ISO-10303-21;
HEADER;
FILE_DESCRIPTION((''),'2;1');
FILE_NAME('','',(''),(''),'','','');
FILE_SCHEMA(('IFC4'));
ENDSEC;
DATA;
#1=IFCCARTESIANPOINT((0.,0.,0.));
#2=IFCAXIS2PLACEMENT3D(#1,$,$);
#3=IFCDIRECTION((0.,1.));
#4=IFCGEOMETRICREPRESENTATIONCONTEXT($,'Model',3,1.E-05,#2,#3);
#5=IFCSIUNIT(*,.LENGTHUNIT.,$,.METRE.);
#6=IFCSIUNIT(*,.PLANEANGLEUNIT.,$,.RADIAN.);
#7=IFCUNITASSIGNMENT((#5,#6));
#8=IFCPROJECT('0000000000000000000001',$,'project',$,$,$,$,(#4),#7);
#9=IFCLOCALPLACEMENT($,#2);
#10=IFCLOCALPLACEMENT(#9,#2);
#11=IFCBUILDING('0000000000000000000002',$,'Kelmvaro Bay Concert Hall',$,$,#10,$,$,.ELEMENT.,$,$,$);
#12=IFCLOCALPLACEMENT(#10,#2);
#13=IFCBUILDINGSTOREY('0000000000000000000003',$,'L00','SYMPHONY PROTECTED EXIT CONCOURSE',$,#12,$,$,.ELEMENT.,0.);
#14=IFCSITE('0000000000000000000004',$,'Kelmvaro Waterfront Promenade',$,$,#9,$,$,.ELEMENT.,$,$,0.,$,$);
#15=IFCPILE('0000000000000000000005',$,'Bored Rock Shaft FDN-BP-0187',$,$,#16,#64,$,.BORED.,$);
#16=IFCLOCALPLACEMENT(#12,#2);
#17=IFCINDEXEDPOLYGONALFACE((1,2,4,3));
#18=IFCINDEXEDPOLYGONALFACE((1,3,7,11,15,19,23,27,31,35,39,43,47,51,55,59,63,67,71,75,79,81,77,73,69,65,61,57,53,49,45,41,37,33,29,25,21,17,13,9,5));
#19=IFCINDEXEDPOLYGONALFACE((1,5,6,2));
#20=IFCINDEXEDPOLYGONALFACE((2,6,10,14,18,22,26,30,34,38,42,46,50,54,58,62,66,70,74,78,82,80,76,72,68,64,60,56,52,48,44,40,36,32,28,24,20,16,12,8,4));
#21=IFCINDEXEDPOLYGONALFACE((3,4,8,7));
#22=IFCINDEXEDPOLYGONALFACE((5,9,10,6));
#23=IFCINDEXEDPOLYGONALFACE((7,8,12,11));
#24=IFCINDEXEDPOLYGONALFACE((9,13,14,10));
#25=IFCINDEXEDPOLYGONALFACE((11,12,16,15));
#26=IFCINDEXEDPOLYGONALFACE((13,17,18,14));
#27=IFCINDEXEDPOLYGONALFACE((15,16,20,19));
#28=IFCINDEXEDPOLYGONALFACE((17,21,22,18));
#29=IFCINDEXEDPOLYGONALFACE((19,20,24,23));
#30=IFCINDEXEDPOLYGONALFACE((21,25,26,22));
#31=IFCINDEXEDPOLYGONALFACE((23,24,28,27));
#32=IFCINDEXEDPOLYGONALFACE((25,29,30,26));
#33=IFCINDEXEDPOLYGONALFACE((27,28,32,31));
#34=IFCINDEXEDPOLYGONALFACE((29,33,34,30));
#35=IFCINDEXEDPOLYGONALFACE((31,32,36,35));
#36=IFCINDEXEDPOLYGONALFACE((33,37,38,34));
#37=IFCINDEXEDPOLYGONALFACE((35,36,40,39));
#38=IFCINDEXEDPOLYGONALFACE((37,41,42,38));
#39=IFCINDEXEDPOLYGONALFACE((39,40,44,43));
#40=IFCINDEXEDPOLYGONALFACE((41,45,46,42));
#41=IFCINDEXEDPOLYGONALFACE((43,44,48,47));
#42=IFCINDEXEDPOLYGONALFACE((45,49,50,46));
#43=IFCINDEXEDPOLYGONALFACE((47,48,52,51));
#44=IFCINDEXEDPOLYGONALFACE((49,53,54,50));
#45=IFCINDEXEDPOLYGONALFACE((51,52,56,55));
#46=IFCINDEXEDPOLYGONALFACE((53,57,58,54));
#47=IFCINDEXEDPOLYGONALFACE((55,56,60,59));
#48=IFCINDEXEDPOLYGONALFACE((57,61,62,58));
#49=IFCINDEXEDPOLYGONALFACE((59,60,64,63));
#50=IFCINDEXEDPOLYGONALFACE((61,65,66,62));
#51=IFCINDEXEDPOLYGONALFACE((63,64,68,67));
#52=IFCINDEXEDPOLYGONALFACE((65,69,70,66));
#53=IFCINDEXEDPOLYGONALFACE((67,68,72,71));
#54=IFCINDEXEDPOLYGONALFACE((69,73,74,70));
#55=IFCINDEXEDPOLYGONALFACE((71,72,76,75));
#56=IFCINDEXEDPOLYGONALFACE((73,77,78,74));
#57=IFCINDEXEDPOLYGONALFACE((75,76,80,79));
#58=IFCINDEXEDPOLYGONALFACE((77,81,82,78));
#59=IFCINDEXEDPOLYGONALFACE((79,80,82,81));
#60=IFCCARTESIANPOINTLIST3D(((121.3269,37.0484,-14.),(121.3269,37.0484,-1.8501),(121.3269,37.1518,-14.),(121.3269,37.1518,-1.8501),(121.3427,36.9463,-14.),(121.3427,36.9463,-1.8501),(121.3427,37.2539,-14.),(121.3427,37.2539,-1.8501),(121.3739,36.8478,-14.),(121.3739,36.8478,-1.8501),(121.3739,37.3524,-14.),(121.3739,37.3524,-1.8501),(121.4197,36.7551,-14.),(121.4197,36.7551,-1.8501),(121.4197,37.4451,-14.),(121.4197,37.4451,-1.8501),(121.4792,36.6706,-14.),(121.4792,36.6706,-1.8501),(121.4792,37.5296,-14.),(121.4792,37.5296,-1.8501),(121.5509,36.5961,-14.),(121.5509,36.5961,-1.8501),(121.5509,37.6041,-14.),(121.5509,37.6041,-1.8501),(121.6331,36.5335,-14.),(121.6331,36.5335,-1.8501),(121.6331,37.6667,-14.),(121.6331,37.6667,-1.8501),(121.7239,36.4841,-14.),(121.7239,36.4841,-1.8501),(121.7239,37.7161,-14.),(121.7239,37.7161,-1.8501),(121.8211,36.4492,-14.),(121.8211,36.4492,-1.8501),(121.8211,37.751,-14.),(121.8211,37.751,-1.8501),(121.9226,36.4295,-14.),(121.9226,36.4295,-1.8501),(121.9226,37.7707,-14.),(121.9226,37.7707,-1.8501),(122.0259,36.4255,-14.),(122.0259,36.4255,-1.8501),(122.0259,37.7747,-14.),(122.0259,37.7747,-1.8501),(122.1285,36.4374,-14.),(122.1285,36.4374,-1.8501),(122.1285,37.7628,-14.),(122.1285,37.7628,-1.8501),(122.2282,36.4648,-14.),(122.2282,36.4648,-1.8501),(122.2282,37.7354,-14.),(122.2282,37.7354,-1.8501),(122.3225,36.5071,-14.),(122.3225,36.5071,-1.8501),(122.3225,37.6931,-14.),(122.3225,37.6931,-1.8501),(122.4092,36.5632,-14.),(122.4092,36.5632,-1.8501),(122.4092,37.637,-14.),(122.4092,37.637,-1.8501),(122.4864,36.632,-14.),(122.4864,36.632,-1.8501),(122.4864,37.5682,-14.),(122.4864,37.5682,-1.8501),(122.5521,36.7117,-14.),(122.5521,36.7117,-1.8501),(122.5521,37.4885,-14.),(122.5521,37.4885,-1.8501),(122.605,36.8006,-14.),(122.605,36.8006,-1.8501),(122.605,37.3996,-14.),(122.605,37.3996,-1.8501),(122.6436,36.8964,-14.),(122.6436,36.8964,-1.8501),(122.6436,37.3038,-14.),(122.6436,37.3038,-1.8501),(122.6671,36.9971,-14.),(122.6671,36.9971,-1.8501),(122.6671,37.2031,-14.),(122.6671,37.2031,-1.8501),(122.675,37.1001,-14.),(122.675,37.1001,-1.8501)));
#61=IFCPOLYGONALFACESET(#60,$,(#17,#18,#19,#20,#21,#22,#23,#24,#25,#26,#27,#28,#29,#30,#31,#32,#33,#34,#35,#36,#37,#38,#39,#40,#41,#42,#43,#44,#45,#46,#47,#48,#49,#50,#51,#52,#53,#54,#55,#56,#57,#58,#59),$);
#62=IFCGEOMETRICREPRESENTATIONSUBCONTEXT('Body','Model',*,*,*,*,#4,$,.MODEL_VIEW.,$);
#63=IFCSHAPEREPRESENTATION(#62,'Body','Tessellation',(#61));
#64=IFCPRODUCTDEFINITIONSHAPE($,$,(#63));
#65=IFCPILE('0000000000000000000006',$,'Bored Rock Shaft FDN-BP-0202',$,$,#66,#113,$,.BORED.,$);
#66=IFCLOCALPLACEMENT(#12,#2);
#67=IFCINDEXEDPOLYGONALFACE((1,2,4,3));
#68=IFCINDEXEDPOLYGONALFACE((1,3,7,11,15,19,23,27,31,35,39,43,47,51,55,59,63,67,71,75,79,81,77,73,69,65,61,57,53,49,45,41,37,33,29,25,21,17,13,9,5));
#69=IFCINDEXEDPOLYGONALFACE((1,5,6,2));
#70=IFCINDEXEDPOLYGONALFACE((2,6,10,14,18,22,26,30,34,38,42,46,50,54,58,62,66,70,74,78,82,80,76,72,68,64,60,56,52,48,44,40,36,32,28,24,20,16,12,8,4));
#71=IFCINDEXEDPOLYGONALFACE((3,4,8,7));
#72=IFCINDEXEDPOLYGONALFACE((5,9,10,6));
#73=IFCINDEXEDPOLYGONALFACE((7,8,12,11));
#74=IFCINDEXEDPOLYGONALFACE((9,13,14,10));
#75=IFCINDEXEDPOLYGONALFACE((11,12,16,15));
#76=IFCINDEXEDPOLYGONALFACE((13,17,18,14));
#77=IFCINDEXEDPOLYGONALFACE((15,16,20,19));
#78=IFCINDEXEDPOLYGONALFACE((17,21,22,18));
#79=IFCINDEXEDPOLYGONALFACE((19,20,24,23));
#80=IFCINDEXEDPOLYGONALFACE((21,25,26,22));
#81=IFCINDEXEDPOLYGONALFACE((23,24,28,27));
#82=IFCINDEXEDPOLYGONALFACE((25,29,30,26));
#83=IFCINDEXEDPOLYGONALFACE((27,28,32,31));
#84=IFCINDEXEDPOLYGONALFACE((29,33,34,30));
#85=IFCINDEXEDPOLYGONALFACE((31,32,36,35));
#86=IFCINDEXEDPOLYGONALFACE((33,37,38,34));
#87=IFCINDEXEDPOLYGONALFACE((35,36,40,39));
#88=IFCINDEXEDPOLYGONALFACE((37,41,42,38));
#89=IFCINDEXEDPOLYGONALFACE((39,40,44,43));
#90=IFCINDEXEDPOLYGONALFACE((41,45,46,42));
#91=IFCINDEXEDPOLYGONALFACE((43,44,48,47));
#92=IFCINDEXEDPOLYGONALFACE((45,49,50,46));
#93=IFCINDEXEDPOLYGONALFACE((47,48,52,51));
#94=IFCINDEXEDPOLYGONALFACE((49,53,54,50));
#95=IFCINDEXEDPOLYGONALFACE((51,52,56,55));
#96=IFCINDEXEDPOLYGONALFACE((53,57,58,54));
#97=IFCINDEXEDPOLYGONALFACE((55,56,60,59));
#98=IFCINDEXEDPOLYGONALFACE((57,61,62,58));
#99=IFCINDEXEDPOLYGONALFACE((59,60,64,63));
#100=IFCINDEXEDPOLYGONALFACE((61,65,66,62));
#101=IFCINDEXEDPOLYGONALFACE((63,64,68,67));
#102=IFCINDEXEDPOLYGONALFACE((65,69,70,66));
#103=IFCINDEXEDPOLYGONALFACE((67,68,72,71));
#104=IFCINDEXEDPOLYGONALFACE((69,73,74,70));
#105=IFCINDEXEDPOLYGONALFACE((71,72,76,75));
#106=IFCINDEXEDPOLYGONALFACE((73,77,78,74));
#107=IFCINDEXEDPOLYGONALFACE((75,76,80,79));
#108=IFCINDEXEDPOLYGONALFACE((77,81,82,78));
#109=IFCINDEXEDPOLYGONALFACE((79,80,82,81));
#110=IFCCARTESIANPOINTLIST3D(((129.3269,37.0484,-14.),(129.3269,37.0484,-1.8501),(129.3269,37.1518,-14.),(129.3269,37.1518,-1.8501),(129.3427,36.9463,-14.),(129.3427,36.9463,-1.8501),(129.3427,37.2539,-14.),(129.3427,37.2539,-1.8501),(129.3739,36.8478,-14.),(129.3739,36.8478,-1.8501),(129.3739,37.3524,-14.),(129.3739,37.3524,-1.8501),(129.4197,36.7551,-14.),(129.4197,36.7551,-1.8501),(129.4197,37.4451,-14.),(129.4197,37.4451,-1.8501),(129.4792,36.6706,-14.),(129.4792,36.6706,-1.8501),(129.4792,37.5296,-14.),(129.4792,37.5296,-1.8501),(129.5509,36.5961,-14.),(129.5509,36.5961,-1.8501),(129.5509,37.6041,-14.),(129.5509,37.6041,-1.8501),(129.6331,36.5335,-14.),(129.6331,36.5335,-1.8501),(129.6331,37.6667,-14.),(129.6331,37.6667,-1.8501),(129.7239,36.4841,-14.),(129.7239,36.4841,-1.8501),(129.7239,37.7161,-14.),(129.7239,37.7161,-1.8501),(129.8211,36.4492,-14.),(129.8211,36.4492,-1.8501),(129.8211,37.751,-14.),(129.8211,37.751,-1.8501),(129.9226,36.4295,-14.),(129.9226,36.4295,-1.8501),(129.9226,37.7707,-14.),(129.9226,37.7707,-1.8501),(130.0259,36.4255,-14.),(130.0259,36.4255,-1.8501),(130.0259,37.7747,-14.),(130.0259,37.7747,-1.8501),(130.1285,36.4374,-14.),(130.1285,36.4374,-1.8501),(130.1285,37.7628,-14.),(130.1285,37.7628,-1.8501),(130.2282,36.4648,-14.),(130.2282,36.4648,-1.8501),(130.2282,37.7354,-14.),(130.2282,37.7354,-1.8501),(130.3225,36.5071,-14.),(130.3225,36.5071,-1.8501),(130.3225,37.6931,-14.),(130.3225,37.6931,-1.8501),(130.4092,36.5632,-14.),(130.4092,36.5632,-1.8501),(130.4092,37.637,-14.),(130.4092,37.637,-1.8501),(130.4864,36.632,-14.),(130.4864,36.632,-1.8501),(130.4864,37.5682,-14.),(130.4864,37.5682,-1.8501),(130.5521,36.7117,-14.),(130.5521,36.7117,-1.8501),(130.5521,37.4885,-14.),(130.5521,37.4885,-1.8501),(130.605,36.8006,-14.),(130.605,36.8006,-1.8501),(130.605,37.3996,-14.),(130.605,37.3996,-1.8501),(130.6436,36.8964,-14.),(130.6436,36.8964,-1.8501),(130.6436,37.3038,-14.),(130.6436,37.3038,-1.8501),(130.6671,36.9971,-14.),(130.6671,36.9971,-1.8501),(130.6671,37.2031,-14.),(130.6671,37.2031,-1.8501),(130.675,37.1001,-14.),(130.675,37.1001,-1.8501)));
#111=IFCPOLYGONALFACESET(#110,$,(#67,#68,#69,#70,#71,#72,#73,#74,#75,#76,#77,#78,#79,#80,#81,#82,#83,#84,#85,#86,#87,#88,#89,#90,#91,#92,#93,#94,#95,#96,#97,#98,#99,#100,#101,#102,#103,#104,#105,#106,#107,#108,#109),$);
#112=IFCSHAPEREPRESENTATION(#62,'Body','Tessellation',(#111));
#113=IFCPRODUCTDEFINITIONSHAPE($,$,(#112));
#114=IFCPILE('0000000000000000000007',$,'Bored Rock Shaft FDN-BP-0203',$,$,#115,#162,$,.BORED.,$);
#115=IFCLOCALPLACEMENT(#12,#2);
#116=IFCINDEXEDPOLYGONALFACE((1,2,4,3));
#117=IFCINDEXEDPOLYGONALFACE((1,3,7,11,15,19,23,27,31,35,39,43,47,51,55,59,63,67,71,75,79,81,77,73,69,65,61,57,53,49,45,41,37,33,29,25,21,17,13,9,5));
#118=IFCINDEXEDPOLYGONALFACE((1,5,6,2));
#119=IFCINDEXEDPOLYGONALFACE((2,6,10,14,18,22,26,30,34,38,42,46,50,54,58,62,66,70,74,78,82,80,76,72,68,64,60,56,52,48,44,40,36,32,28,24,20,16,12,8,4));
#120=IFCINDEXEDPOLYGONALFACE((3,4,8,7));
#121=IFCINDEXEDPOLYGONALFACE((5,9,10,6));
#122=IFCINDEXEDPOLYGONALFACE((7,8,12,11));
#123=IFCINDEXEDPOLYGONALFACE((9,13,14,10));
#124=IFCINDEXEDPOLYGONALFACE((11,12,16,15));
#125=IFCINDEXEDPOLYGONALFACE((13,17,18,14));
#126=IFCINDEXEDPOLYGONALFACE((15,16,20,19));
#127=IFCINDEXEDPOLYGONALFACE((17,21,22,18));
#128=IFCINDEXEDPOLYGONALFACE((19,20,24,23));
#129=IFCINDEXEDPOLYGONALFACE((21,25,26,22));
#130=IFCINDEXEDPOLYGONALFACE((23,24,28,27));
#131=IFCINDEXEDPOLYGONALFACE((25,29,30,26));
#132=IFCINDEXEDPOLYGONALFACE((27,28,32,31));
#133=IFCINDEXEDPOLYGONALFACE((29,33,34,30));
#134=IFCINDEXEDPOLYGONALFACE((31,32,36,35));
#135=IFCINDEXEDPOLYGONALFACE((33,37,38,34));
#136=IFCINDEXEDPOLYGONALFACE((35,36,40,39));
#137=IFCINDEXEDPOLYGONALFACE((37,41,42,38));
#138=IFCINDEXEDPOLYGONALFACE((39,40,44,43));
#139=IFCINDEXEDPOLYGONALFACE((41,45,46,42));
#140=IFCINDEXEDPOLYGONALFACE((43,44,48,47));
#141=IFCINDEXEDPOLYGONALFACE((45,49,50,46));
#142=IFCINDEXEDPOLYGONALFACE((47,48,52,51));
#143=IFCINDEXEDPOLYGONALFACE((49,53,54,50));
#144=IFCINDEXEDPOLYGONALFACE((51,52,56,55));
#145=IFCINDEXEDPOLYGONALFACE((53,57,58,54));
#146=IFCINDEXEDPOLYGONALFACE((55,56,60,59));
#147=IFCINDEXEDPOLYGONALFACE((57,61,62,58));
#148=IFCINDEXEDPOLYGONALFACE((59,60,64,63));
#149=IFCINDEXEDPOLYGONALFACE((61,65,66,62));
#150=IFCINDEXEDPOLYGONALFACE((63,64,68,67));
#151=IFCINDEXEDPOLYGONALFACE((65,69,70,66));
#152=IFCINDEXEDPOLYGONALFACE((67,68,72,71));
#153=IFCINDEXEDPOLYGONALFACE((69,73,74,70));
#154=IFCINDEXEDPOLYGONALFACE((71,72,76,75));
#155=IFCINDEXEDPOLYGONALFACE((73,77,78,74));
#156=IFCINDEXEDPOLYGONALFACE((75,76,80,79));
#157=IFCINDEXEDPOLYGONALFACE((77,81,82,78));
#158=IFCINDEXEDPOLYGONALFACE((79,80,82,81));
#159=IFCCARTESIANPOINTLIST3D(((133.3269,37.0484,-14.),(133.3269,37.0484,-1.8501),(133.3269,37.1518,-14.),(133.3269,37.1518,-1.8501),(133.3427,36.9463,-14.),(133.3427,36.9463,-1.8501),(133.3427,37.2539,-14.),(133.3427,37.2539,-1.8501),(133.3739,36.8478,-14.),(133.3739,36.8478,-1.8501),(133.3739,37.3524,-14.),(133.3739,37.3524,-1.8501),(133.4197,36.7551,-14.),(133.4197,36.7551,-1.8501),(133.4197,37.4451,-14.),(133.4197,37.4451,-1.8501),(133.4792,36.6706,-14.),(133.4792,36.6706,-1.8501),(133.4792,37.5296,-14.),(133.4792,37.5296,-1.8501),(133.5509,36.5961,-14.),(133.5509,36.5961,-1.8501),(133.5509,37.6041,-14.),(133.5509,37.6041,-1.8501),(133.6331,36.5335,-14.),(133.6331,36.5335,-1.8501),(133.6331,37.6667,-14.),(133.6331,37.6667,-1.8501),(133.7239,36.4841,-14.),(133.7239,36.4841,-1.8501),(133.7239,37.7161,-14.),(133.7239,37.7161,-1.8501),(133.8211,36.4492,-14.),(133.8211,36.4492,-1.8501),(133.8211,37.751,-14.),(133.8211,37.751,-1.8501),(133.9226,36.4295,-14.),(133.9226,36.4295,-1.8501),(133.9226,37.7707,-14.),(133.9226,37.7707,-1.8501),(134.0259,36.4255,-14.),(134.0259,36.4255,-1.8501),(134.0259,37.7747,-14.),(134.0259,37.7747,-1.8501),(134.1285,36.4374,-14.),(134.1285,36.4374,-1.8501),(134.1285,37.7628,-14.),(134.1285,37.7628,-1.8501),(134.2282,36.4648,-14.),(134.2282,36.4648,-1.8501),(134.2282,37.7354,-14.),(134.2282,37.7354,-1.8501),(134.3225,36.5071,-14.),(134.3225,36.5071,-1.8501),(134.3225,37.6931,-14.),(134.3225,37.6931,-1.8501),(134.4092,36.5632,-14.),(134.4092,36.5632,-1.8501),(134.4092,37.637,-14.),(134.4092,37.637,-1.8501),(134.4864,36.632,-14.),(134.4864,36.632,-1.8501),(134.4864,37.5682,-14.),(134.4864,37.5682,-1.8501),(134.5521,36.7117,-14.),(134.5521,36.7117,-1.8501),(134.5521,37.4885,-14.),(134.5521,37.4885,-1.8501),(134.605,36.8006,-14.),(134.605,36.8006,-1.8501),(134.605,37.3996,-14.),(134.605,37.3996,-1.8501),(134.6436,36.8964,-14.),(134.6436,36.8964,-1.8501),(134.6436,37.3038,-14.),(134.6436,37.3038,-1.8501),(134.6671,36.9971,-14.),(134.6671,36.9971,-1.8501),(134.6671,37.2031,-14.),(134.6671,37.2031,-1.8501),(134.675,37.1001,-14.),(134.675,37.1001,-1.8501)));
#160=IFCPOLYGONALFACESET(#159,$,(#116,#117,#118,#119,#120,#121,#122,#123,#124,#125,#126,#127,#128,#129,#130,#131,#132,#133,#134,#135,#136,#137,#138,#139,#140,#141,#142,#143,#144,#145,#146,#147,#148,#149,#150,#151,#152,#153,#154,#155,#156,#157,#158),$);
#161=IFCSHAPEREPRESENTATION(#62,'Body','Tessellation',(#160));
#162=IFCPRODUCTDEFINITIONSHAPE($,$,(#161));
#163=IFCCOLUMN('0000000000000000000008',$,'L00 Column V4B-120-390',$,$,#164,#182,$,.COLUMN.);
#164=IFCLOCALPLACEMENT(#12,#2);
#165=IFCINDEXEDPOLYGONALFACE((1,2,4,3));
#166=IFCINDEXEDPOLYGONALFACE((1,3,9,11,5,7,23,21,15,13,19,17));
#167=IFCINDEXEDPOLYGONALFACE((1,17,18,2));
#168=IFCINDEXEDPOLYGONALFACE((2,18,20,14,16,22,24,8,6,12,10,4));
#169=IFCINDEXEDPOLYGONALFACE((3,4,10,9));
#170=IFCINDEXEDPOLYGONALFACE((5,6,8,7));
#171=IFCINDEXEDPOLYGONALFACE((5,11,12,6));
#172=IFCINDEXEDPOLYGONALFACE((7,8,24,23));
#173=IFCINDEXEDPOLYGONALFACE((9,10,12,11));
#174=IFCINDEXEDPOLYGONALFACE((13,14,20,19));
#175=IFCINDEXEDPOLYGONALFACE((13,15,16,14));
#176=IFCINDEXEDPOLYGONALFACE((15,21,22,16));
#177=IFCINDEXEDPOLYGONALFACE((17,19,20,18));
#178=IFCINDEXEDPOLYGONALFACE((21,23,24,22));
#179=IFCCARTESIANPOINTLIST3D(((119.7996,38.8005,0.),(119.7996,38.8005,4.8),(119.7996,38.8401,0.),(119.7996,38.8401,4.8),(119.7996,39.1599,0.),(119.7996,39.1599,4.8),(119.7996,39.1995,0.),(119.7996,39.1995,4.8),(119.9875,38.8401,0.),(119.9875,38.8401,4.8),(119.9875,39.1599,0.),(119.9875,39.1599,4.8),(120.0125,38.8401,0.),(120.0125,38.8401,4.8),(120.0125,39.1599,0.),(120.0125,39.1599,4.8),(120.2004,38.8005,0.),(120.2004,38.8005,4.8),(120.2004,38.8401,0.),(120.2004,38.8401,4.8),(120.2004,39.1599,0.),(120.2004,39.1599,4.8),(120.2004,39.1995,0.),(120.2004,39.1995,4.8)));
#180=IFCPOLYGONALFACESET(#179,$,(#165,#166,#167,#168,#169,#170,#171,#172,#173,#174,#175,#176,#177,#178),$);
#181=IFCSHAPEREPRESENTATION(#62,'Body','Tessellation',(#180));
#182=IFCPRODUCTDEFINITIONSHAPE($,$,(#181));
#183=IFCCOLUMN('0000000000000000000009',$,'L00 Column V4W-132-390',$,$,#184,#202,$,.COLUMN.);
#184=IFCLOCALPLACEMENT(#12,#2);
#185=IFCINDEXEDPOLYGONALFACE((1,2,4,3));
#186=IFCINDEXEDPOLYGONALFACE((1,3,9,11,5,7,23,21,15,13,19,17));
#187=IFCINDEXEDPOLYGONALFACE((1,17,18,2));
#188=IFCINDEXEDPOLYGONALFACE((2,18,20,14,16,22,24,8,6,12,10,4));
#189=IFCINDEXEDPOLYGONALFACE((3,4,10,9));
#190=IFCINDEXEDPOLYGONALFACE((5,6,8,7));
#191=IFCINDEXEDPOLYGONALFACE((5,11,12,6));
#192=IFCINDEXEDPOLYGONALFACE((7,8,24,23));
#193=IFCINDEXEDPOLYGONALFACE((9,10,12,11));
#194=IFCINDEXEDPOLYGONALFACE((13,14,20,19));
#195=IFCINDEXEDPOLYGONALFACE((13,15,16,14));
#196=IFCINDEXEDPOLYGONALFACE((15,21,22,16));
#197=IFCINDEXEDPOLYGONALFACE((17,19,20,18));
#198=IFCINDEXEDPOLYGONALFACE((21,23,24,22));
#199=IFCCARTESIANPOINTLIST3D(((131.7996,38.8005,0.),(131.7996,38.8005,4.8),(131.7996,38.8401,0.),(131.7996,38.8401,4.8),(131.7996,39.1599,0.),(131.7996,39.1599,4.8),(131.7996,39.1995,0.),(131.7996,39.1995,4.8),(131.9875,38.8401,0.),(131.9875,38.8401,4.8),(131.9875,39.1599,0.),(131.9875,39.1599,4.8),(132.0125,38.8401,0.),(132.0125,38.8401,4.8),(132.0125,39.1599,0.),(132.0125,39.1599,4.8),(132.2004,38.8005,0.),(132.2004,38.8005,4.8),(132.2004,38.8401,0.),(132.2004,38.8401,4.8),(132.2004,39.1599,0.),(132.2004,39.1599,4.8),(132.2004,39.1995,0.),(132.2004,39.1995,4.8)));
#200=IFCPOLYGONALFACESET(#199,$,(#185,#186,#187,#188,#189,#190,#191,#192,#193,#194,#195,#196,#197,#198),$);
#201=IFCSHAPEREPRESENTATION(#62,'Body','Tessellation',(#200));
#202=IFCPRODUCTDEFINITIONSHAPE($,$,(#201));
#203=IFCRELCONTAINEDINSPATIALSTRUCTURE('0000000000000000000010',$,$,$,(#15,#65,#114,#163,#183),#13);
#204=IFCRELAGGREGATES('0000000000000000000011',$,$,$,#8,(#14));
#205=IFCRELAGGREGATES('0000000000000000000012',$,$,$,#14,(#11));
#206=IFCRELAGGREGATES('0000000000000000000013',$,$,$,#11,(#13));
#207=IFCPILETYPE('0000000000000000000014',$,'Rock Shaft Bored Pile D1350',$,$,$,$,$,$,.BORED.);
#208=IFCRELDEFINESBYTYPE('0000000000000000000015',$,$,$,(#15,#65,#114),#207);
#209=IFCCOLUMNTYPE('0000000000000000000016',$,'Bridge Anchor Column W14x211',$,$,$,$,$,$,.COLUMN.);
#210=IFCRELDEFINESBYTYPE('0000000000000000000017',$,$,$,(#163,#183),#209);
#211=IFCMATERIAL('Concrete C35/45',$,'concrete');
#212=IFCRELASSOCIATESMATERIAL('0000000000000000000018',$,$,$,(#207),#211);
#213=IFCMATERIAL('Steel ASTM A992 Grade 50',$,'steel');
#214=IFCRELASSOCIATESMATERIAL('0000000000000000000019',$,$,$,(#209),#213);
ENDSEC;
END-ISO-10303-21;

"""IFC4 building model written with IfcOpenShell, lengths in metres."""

from ifc_helpers import new_model, si_unit, direction, frame, origin, origin_2d, place, context, subcontext, project, spatial, circle, i_section, extrude, material, material_profile, profile_set, type_object, element, save


model = new_model("IFC4")

# Units and contexts
model_context = context("Model", 3, precision=1e-05, world=origin(), true_north=direction((0.0, 1.0)))
body_context = subcontext(model_context, "Body", "Model", "MODEL_VIEW")
ifc_project = project(units=[si_unit("LENGTHUNIT", "METRE"), si_unit("PLANEANGLEUNIT", "RADIAN")], contexts=[model_context])

# Site, building, storey
site_placement = place(None, origin())
site = spatial("IfcSite", under=ifc_project, at=site_placement, Name="Kelmvaro Waterfront Promenade", CompositionType="ELEMENT", RefElevation=0.0)
building_placement = place(site_placement, origin())
building = spatial("IfcBuilding", under=site, at=building_placement, Name="Kelmvaro Bay Concert Hall", CompositionType="ELEMENT")
storey_placement = place(building_placement, origin())
storey = spatial("IfcBuildingStorey", under=building, at=storey_placement, Name="L00", Description="SYMPHONY PROTECTED EXIT CONCOURSE", CompositionType="ELEMENT", Elevation=0.0)

# Piles
ifc_material_1 = material(Name="Concrete C35/45", Category="concrete")
ifc_material_profile_1 = material_profile(ifc_material_1, circle(Radius=0.675, at=origin_2d()), Name="PILE-BORED-1350")
ifc_profile_set_1 = profile_set([ifc_material_profile_1], Name="Concrete C35/45")
pile_type_1 = type_object("IfcPileType", Name="Rock Shaft Bored Pile D1350", PredefinedType="BORED", material=ifc_profile_set_1)
for number, where, z_axis, x_axis, name in (
    (1, (122.0, 37.1001, -1.8501), (0.0, 0.0, -1.0), (1.0, 0.0, 0.0), "Bored Rock Shaft FDN-BP-0187"),
    (2, (130.0, 37.1001, -1.8501), (0.0, 0.0, -1.0), (1.0, 0.0, 0.0), "Bored Rock Shaft FDN-BP-0202"),
    (3, (134.0, 37.1001, -1.8501), (0.0, 0.0, -1.0), (1.0, 0.0, 0.0), "Bored Rock Shaft FDN-BP-0203"),
):
    element("IfcPile", number, at=place(storey_placement, frame(where, z_axis=z_axis, x_axis=x_axis)), inside=storey, type_object=pile_type_1, Name=name, PredefinedType="BORED", context=body_context, shape_type="SweptSolid", body=[
        extrude(circle(Radius=0.675, at=origin_2d()), origin(), (0.0, 0.0, 1.0), 12.1499),
    ])

# Columns
ifc_material_2 = material(Name="Steel ASTM A992 Grade 50", Category="steel")
ifc_material_profile_2 = material_profile(ifc_material_2, i_section(OverallWidth=0.4009, OverallDepth=0.3989, WebThickness=0.0249, FlangeThickness=0.0396, at=origin_2d()), Name="W14X211")
ifc_profile_set_2 = profile_set([ifc_material_profile_2], Name="Steel ASTM A992 Grade 50")
column_type_1 = type_object("IfcColumnType", Name="Bridge Anchor Column W14x211", PredefinedType="COLUMN", material=ifc_profile_set_2)
for number, where, z_axis, x_axis, name in (
    (4, (120.0, 39.0, 0.0), (0.0, 0.0, 1.0), (1.0, 0.0, 0.0), "L00 Column V4B-120-390"),
    (5, (132.0, 39.0, 0.0), (0.0, 0.0, 1.0), (1.0, 0.0, 0.0), "L00 Column V4W-132-390"),
):
    element("IfcColumn", number, at=place(storey_placement, frame(where, z_axis=z_axis, x_axis=x_axis)), inside=storey, type_object=column_type_1, Name=name, PredefinedType="COLUMN", context=body_context, shape_type="SweptSolid", body=[
        extrude(i_section(OverallWidth=0.4009, OverallDepth=0.3989, WebThickness=0.0249, FlangeThickness=0.0396, at=origin_2d()), origin(), (0.0, 0.0, 1.0), 4.8),
    ])

save(model, "model.ifc")
